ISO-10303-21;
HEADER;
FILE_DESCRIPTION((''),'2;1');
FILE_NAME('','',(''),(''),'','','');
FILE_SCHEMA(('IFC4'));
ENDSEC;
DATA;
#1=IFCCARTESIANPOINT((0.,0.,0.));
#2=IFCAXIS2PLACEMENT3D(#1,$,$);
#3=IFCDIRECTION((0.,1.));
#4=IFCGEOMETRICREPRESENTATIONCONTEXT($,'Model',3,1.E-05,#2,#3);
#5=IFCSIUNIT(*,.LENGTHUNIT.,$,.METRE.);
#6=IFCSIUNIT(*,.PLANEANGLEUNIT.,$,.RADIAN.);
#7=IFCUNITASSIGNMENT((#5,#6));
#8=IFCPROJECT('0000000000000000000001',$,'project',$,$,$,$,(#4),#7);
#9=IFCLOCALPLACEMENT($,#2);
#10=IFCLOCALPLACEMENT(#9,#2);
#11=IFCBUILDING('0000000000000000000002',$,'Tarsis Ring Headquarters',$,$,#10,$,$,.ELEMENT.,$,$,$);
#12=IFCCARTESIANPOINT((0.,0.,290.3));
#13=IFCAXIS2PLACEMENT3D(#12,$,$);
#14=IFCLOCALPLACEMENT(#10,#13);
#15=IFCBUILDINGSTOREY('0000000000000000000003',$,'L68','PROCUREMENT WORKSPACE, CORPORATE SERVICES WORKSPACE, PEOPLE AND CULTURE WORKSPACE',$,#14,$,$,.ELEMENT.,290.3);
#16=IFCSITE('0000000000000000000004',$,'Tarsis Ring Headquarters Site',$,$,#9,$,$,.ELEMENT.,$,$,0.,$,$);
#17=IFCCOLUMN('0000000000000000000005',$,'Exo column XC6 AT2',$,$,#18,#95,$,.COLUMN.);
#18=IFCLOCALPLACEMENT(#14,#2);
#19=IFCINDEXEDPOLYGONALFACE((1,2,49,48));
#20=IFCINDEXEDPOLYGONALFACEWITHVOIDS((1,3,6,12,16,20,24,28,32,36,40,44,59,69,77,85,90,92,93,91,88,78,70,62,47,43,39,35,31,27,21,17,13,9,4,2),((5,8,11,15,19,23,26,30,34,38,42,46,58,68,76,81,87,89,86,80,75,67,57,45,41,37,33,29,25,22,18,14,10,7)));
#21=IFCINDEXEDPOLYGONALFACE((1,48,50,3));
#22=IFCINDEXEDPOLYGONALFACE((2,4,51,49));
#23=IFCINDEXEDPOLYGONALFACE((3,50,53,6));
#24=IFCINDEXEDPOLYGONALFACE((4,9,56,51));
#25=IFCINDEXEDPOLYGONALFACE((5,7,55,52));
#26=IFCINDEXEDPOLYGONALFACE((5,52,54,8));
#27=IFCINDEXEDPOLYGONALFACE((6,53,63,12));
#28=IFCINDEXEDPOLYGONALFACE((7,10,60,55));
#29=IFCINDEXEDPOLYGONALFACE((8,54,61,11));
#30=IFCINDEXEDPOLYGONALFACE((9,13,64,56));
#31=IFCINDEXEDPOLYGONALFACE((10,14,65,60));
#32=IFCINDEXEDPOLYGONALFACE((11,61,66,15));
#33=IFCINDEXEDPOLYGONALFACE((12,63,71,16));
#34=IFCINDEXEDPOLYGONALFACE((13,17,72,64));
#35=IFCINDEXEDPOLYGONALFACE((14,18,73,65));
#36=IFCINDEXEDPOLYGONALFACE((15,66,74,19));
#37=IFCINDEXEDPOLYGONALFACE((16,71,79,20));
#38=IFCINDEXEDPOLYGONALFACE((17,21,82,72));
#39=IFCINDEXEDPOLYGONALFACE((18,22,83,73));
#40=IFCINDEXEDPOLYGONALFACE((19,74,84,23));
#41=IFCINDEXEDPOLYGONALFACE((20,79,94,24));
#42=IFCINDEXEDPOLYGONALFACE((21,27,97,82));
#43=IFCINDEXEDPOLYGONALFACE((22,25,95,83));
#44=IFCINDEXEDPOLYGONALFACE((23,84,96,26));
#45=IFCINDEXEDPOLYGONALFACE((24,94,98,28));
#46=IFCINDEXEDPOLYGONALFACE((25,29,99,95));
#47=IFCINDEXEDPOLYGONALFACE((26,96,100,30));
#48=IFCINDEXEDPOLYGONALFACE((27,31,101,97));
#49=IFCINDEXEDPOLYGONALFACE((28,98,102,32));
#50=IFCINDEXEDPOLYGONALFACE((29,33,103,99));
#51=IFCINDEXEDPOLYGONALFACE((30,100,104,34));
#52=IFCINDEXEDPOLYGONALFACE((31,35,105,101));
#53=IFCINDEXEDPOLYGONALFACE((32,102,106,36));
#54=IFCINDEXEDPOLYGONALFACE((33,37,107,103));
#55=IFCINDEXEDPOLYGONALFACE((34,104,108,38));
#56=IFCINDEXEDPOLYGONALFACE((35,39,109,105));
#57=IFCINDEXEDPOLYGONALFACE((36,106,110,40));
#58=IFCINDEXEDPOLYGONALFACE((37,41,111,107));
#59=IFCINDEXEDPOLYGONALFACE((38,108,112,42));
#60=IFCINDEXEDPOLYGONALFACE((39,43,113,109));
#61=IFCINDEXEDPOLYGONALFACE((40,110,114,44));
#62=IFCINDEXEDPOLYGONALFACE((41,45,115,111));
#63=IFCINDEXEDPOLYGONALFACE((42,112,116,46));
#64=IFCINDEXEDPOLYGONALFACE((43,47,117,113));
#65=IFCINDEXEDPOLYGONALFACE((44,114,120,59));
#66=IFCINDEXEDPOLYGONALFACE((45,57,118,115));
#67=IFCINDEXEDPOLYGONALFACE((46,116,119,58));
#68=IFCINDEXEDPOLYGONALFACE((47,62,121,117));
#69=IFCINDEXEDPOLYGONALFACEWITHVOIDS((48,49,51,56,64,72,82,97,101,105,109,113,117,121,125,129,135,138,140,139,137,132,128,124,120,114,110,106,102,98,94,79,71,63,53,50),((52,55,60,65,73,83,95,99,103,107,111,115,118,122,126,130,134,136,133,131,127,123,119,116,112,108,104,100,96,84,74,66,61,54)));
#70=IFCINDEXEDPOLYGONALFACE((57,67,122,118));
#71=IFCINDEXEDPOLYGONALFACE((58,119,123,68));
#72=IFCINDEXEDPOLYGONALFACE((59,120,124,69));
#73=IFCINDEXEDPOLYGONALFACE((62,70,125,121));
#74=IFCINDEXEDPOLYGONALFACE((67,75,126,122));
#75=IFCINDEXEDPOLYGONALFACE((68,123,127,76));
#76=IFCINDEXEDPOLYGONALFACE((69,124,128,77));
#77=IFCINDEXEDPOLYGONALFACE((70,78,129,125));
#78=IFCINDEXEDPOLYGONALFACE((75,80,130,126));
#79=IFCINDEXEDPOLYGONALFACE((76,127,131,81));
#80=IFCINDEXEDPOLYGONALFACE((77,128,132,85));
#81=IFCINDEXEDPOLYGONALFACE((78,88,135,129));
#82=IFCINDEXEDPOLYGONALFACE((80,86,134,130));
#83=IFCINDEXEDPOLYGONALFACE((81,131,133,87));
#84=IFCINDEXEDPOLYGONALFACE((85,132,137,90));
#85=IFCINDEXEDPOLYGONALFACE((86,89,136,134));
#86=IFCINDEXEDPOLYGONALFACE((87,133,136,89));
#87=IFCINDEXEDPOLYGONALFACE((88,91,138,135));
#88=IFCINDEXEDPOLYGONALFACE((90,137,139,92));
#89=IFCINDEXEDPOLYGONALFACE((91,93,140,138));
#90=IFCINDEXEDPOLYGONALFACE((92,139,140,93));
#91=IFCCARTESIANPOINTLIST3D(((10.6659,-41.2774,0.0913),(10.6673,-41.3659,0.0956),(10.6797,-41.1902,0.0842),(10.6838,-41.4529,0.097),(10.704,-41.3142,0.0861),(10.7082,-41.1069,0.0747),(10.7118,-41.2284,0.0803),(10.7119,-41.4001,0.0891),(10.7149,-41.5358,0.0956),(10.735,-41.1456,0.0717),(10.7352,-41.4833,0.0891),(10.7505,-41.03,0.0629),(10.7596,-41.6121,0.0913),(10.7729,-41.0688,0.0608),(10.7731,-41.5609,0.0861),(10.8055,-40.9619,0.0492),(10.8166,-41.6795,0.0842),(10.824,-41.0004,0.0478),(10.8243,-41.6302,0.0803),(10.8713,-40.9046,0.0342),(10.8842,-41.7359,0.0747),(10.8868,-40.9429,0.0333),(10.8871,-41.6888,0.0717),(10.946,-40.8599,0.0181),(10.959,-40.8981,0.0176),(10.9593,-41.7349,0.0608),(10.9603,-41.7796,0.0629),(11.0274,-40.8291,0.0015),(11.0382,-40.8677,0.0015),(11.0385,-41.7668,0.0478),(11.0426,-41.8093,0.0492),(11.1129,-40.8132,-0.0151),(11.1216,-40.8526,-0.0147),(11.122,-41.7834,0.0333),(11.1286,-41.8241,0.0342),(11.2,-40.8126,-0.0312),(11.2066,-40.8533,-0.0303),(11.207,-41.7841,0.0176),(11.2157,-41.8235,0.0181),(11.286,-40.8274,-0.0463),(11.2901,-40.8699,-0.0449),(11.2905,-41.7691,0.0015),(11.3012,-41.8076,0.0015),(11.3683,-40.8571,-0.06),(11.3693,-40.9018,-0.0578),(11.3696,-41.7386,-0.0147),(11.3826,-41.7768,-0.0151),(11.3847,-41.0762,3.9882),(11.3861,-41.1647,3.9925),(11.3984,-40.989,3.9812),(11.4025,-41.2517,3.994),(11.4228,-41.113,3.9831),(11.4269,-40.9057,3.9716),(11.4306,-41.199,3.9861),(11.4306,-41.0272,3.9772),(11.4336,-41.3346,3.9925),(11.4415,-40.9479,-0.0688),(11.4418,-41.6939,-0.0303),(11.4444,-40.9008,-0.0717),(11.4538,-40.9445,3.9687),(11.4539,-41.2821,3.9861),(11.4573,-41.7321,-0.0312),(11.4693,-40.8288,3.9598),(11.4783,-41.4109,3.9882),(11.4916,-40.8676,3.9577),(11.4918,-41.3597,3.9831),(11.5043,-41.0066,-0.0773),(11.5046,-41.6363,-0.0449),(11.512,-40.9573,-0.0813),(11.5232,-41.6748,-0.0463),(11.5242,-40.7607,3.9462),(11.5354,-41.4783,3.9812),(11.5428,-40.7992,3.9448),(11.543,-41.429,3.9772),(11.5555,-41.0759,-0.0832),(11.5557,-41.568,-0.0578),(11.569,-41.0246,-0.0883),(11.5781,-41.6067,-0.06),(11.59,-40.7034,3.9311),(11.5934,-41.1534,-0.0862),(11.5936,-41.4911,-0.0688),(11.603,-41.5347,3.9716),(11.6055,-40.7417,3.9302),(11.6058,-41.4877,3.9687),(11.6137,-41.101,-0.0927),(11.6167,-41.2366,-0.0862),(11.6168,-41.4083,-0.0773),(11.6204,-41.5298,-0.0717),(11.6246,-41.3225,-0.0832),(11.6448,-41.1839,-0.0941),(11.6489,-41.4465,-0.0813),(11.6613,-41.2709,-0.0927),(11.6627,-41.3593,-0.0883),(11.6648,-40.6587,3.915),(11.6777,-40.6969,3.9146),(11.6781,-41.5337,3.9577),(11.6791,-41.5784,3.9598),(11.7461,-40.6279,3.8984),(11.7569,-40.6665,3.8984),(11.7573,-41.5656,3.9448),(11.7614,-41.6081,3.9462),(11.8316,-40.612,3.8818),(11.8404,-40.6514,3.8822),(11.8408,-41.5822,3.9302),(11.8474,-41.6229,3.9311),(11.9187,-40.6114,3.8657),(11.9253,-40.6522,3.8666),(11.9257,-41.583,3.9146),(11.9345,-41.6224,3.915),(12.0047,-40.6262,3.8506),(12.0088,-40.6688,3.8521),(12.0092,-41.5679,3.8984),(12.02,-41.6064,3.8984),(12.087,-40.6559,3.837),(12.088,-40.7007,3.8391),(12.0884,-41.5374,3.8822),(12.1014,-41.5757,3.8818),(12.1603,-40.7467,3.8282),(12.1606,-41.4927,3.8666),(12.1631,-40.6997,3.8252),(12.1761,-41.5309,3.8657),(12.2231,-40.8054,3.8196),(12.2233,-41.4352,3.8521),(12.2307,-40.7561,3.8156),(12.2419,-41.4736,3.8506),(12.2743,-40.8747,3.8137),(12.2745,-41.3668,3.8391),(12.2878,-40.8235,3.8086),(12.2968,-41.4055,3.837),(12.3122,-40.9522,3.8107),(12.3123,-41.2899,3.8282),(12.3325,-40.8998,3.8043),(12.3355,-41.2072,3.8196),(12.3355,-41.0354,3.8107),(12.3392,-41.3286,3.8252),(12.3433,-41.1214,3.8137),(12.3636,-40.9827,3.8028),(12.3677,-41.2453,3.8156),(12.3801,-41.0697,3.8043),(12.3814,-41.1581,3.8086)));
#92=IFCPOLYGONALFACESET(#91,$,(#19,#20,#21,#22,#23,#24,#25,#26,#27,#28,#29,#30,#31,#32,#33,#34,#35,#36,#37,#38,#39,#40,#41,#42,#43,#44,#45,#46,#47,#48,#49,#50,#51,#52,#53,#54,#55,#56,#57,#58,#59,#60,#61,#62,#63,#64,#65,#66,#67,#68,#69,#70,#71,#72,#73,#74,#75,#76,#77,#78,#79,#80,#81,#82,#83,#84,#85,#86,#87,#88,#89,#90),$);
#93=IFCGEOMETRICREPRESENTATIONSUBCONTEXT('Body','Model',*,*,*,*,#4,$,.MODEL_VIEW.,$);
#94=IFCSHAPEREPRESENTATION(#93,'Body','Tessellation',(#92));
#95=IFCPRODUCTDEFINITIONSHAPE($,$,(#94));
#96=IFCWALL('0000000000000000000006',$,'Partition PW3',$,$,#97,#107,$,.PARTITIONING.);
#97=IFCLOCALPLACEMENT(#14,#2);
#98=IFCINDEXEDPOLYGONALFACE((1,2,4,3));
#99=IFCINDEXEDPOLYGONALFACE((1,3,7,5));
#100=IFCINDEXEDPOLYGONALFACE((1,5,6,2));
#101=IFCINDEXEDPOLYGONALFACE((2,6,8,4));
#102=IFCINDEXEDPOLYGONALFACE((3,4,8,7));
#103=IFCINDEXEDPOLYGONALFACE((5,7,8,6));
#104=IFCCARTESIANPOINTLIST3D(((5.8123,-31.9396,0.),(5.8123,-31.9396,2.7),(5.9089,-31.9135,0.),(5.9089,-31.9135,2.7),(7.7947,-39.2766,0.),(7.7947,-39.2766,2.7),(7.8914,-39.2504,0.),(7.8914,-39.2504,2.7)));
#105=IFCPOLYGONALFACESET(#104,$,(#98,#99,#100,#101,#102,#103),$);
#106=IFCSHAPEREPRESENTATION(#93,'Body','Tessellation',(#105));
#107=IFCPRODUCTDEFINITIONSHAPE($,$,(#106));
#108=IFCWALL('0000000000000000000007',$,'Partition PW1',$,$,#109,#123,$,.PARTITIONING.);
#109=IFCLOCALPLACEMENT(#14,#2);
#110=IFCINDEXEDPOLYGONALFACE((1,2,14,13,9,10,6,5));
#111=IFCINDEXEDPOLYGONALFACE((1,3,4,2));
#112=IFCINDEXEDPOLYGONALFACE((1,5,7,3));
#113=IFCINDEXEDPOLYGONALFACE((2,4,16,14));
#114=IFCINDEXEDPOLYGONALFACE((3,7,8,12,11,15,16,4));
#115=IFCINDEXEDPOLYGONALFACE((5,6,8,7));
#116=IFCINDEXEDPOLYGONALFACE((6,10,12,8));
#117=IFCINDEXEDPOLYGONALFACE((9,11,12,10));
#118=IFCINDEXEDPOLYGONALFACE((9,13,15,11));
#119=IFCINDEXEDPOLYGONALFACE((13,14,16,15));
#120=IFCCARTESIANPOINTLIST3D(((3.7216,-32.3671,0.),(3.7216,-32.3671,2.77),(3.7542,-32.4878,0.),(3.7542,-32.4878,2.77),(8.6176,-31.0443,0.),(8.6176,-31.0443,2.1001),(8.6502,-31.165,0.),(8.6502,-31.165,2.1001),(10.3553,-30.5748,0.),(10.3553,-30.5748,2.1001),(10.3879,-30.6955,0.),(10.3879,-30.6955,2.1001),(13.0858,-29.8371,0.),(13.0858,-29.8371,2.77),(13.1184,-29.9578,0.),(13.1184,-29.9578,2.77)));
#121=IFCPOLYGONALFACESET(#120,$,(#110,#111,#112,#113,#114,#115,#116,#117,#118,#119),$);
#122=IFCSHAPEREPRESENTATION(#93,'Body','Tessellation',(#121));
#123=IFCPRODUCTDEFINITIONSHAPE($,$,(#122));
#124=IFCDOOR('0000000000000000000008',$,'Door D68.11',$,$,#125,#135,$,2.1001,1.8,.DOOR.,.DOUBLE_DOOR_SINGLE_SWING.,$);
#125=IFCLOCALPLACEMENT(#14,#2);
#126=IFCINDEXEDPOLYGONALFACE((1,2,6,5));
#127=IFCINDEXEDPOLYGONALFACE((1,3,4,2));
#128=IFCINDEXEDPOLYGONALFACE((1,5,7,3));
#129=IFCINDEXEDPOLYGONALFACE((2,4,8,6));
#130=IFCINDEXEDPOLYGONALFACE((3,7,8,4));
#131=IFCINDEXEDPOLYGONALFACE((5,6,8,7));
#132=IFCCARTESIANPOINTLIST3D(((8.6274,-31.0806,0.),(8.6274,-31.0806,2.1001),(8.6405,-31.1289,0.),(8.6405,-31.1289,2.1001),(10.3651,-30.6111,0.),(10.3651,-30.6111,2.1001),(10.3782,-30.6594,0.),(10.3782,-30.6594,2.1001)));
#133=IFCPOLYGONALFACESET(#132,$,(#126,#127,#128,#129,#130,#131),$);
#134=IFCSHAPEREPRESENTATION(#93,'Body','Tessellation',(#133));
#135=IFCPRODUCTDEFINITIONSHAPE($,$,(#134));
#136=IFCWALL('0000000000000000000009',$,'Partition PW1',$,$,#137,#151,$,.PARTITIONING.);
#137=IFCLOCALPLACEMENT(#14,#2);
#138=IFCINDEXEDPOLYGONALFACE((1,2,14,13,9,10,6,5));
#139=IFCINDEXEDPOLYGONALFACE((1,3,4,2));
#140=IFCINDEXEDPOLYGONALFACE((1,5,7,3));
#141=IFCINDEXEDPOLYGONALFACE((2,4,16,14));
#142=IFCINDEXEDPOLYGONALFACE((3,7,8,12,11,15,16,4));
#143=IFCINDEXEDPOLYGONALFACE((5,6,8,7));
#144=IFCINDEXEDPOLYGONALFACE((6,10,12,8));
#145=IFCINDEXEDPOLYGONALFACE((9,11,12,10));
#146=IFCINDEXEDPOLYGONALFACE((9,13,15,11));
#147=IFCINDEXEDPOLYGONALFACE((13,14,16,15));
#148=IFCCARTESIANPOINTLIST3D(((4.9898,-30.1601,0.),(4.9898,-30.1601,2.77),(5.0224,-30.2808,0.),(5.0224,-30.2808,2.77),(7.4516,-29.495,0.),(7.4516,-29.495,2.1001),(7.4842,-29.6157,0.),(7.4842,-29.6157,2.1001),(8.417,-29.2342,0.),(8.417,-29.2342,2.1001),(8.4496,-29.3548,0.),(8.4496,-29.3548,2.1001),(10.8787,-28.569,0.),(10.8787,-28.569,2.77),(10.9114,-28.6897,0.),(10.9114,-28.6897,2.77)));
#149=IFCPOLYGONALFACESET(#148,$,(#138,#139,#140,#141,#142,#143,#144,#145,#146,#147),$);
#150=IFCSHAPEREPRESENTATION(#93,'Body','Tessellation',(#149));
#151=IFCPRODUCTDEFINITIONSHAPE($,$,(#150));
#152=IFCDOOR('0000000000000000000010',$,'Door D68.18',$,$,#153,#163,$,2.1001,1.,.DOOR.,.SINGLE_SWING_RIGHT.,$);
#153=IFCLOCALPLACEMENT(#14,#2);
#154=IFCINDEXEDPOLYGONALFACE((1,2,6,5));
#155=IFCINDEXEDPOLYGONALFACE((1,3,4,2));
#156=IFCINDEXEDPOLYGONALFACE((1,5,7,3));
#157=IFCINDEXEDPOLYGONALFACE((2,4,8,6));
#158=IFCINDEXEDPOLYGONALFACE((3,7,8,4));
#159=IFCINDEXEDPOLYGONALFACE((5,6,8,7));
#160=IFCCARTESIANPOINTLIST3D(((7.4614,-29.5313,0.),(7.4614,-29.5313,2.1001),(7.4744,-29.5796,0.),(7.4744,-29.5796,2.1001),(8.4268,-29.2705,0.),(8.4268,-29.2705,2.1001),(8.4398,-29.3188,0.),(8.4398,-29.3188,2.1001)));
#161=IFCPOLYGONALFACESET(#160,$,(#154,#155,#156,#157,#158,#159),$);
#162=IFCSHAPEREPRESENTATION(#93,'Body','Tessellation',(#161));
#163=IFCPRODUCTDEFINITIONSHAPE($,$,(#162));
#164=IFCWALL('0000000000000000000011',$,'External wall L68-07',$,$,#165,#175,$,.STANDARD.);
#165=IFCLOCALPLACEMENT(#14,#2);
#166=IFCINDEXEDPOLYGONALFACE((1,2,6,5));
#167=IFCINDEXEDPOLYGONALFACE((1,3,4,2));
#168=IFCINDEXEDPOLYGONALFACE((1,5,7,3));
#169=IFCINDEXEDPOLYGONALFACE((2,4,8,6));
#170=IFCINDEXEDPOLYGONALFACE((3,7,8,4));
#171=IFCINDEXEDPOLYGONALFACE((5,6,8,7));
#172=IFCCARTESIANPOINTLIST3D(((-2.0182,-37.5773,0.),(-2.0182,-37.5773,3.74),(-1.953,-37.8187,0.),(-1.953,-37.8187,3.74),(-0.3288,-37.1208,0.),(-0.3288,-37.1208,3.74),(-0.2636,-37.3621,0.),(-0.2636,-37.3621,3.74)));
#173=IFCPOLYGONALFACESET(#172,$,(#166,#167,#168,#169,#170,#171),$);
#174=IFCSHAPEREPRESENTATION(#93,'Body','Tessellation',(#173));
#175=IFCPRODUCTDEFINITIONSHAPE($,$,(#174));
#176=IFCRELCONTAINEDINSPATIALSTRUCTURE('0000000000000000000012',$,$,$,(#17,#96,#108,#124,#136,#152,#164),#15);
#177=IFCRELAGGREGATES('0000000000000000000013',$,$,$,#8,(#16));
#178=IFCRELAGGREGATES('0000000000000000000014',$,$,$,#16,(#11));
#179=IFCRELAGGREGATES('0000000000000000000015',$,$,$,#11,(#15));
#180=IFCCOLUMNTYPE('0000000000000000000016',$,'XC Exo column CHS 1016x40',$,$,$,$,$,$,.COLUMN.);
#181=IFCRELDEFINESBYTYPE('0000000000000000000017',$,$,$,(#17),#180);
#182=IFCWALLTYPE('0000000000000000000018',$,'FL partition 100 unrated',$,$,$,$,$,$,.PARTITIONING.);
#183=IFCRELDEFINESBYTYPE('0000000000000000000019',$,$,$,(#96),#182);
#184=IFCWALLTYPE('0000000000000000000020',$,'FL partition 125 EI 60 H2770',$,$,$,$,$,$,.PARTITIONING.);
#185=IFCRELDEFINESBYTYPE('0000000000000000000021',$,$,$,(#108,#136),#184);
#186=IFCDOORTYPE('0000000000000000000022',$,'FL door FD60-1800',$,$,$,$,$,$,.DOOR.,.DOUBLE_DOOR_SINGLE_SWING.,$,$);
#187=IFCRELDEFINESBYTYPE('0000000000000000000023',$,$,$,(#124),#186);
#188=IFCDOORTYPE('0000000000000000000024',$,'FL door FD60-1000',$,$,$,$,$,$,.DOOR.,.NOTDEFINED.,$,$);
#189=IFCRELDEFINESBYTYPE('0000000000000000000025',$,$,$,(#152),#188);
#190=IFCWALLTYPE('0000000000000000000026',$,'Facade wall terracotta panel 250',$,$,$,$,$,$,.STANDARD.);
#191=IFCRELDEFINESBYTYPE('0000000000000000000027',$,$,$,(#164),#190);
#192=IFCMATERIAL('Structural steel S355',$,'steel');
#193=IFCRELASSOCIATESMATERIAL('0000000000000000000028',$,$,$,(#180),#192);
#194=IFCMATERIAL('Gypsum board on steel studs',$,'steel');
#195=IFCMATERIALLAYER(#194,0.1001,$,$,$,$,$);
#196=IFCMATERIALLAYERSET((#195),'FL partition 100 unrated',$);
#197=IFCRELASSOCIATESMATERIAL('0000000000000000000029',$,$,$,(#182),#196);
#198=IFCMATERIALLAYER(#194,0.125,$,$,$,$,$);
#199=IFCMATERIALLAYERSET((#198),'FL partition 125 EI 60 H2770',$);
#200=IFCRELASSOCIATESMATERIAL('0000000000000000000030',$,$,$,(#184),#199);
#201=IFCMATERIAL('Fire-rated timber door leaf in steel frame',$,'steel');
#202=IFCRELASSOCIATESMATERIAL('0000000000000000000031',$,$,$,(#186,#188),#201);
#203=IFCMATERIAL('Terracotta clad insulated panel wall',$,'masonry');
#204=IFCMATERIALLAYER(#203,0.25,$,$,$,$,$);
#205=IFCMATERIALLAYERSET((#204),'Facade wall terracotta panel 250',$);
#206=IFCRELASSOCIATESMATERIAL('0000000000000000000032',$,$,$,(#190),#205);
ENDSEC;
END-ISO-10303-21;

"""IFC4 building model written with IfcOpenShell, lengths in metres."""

from ifc_helpers import new_model, si_unit, direction, frame, frame_2d, origin, origin_2d, place, context, subcontext, project, spatial, rectangle, hollow_circle, extrude, material, layer, layer_set, material_profile, profile_set, type_object, element, fill, save


model = new_model("IFC4")

# Units and contexts
model_context = context("Model", 3, precision=1e-05, world=origin(), true_north=direction((0.0, 1.0)))
body_context = subcontext(model_context, "Body", "Model", "MODEL_VIEW")
ifc_project = project(units=[si_unit("LENGTHUNIT", "METRE"), si_unit("PLANEANGLEUNIT", "RADIAN")], contexts=[model_context])

# Site, building, storey
site_placement = place(None, origin())
site = spatial("IfcSite", under=ifc_project, at=site_placement, Name="Tarsis Ring Headquarters Site", CompositionType="ELEMENT", RefElevation=0.0)
building_placement = place(site_placement, origin())
building = spatial("IfcBuilding", under=site, at=building_placement, Name="Tarsis Ring Headquarters", CompositionType="ELEMENT")
storey_placement = place(building_placement, frame((0.0, 0.0, 290.3)))
storey = spatial("IfcBuildingStorey", under=building, at=storey_placement, Name="L68", Description="PROCUREMENT WORKSPACE, CORPORATE SERVICES WORKSPACE, PEOPLE AND CULTURE WORKSPACE", CompositionType="ELEMENT", Elevation=290.3)

# Column
ifc_material_1 = material(Name="Structural steel S355", Category="steel")
ifc_material_profile = material_profile(ifc_material_1, hollow_circle(Radius=0.5081, WallThickness=0.04, at=origin_2d()), Name="CHS 1016x40")
ifc_profile_set = profile_set([ifc_material_profile], Name="Structural steel S355")
column_type = type_object("IfcColumnType", Name="XC Exo column CHS 1016x40", PredefinedType="COLUMN", material=ifc_profile_set)
column_placement = place(storey_placement, frame((11.1643, -41.3184, 0.0015), z_axis=(0.181146, 0.050701, 0.982149), x_axis=(-0.269533, 0.962991, 0.0)))
element("IfcColumn", 1, at=column_placement, inside=storey, type_object=column_type, Name="Exo column XC6 AT2", PredefinedType="COLUMN", context=body_context, shape_type="SweptSolid", body=[
    extrude(hollow_circle(Radius=0.5081, WallThickness=0.04, at=origin_2d()), origin(), (0.0, 0.0, 1.0), 3.9678),
])

# Wall
ifc_material_2 = material(Name="Gypsum board on steel studs", Category="steel")
ifc_layer_1 = layer(ifc_material_2, 0.1001)
ifc_layer_set_1 = layer_set([ifc_layer_1], Name="FL partition 100 unrated")
wall_type_1 = type_object("IfcWallType", Name="FL partition 100 unrated", PredefinedType="PARTITIONING", material=ifc_layer_set_1)
wall_1_placement = place(storey_placement, frame((5.8606, -31.9265, 0.0), z_axis=(0.0, 0.0, 1.0), x_axis=(0.260844, -0.965381, 0.0)))
element("IfcWall", 2, at=wall_1_placement, inside=storey, type_object=wall_type_1, Name="Partition PW3", PredefinedType="PARTITIONING", context=body_context, shape_type="SweptSolid", body=[
    extrude(rectangle(XDim=7.6001, YDim=0.1001, at=frame_2d((3.8, 0.0))), origin(), (0.0, 0.0, 1.0), 2.7),
])

# Walls, openings, doors
ifc_layer_2 = layer(ifc_material_2, 0.125)
ifc_layer_set_2 = layer_set([ifc_layer_2], Name="FL partition 125 EI 60 H2770")
wall_type_2 = type_object("IfcWallType", Name="FL partition 125 EI 60 H2770", PredefinedType="PARTITIONING", material=ifc_layer_set_2)
wall_2_placement = place(storey_placement, frame((3.7378, -32.4275, 0.0), z_axis=(0.0, 0.0, 1.0), x_axis=(0.965385, 0.260827, 0.0)))
wall_2 = element("IfcWall", 3, at=wall_2_placement, inside=storey, type_object=wall_type_2, Name="Partition PW1", PredefinedType="PARTITIONING", context=body_context, shape_type="SweptSolid", body=[
    extrude(rectangle(XDim=9.7, YDim=0.125, at=frame_2d((4.8501, 0.0))), origin(), (0.0, 0.0, 1.0), 2.77),
])
opening_1_placement = place(wall_2_placement, frame((5.0718, 0.0, 0.0)))
opening_1 = element("IfcOpeningElement", 4, at=opening_1_placement, cuts=wall_2, PredefinedType="OPENING", context=body_context, shape_type="SweptSolid", body=[
    extrude(rectangle(XDim=1.8, YDim=2.1001, at=frame_2d((0.8999, 1.05))), frame((0.0, 0.0725, 0.0), z_axis=(0.0, -1.0, 0.0), x_axis=(1.0, 0.0, 0.0)), (0.0, 0.0, 1.0), 0.145),
])
ifc_material_3 = material(Name="Fire-rated timber door leaf in steel frame", Category="steel")
door_type_1 = type_object("IfcDoorType", Name="FL door FD60-1800", OperationType="DOUBLE_DOOR_SINGLE_SWING", PredefinedType="DOOR", material=ifc_material_3)
door_1_placement = place(opening_1_placement, origin())
door_1 = element("IfcDoor", 5, at=door_1_placement, inside=storey, type_object=door_type_1, Name="Door D68.11", OperationType="DOUBLE_DOOR_SINGLE_SWING", OverallHeight=2.1001, OverallWidth=1.8, PredefinedType="DOOR", context=body_context, shape_type="SweptSolid", body=[
    extrude(rectangle(XDim=1.8, YDim=2.1001, at=frame_2d((0.8999, 1.05))), frame((0.0, 0.0249, 0.0), z_axis=(0.0, -1.0, 0.0), x_axis=(1.0, 0.0, 0.0)), (0.0, 0.0, 1.0), 0.05),
])
fill(opening_1, door_1)
wall_3_placement = place(storey_placement, frame((5.0061, -30.2205, 0.0), z_axis=(0.0, 0.0, 1.0), x_axis=(0.965385, 0.260827, 0.0)))
wall_3 = element("IfcWall", 6, at=wall_3_placement, inside=storey, type_object=wall_type_2, Name="Partition PW1", PredefinedType="PARTITIONING", context=body_context, shape_type="SweptSolid", body=[
    extrude(rectangle(XDim=6.1001, YDim=0.125, at=frame_2d((3.05, 0.0))), origin(), (0.0, 0.0, 1.0), 2.77),
])
opening_2_placement = place(wall_3_placement, frame((2.55, 0.0, 0.0)))
opening_2 = element("IfcOpeningElement", 7, at=opening_2_placement, cuts=wall_3, PredefinedType="OPENING", context=body_context, shape_type="SweptSolid", body=[
    extrude(rectangle(XDim=1.0, YDim=2.1001, at=frame_2d((0.5, 1.05))), frame((0.0, 0.0725, 0.0), z_axis=(0.0, -1.0, 0.0), x_axis=(1.0, 0.0, 0.0)), (0.0, 0.0, 1.0), 0.145),
])
door_type_2 = type_object("IfcDoorType", Name="FL door FD60-1000", OperationType="NOTDEFINED", PredefinedType="DOOR", material=ifc_material_3)
door_2_placement = place(opening_2_placement, origin())
door_2 = element("IfcDoor", 8, at=door_2_placement, inside=storey, type_object=door_type_2, Name="Door D68.18", OperationType="SINGLE_SWING_RIGHT", OverallHeight=2.1001, OverallWidth=1.0, PredefinedType="DOOR", context=body_context, shape_type="SweptSolid", body=[
    extrude(rectangle(XDim=1.0, YDim=2.1001, at=frame_2d((0.5, 1.05))), frame((0.0, 0.0249, 0.0), z_axis=(0.0, -1.0, 0.0), x_axis=(1.0, 0.0, 0.0)), (0.0, 0.0, 1.0), 0.05),
])
fill(opening_2, door_2)

# Wall
ifc_material_4 = material(Name="Terracotta clad insulated panel wall", Category="masonry")
ifc_layer_3 = layer(ifc_material_4, 0.25)
ifc_layer_set_3 = layer_set([ifc_layer_3], Name="Facade wall terracotta panel 250")
wall_type_3 = type_object("IfcWallType", Name="Facade wall terracotta panel 250", PredefinedType="STANDARD", material=ifc_layer_set_3)
for number, where, z_axis, x_axis, name in (
    (9, (-1.9856, -37.698, 0.0), (0.0, 0.0, 1.0), (0.965373, 0.260874, 0.0), "External wall L68-07"),
):
    element("IfcWall", number, at=place(storey_placement, frame(where, z_axis=z_axis, x_axis=x_axis)), inside=storey, type_object=wall_type_3, Name=name, PredefinedType="STANDARD", context=body_context, shape_type="SweptSolid", body=[
        extrude(rectangle(XDim=1.75, YDim=0.25, at=frame_2d((0.875, 0.0))), origin(), (0.0, 0.0, 1.0), 3.74),
    ])

save(model, "model.ifc")
